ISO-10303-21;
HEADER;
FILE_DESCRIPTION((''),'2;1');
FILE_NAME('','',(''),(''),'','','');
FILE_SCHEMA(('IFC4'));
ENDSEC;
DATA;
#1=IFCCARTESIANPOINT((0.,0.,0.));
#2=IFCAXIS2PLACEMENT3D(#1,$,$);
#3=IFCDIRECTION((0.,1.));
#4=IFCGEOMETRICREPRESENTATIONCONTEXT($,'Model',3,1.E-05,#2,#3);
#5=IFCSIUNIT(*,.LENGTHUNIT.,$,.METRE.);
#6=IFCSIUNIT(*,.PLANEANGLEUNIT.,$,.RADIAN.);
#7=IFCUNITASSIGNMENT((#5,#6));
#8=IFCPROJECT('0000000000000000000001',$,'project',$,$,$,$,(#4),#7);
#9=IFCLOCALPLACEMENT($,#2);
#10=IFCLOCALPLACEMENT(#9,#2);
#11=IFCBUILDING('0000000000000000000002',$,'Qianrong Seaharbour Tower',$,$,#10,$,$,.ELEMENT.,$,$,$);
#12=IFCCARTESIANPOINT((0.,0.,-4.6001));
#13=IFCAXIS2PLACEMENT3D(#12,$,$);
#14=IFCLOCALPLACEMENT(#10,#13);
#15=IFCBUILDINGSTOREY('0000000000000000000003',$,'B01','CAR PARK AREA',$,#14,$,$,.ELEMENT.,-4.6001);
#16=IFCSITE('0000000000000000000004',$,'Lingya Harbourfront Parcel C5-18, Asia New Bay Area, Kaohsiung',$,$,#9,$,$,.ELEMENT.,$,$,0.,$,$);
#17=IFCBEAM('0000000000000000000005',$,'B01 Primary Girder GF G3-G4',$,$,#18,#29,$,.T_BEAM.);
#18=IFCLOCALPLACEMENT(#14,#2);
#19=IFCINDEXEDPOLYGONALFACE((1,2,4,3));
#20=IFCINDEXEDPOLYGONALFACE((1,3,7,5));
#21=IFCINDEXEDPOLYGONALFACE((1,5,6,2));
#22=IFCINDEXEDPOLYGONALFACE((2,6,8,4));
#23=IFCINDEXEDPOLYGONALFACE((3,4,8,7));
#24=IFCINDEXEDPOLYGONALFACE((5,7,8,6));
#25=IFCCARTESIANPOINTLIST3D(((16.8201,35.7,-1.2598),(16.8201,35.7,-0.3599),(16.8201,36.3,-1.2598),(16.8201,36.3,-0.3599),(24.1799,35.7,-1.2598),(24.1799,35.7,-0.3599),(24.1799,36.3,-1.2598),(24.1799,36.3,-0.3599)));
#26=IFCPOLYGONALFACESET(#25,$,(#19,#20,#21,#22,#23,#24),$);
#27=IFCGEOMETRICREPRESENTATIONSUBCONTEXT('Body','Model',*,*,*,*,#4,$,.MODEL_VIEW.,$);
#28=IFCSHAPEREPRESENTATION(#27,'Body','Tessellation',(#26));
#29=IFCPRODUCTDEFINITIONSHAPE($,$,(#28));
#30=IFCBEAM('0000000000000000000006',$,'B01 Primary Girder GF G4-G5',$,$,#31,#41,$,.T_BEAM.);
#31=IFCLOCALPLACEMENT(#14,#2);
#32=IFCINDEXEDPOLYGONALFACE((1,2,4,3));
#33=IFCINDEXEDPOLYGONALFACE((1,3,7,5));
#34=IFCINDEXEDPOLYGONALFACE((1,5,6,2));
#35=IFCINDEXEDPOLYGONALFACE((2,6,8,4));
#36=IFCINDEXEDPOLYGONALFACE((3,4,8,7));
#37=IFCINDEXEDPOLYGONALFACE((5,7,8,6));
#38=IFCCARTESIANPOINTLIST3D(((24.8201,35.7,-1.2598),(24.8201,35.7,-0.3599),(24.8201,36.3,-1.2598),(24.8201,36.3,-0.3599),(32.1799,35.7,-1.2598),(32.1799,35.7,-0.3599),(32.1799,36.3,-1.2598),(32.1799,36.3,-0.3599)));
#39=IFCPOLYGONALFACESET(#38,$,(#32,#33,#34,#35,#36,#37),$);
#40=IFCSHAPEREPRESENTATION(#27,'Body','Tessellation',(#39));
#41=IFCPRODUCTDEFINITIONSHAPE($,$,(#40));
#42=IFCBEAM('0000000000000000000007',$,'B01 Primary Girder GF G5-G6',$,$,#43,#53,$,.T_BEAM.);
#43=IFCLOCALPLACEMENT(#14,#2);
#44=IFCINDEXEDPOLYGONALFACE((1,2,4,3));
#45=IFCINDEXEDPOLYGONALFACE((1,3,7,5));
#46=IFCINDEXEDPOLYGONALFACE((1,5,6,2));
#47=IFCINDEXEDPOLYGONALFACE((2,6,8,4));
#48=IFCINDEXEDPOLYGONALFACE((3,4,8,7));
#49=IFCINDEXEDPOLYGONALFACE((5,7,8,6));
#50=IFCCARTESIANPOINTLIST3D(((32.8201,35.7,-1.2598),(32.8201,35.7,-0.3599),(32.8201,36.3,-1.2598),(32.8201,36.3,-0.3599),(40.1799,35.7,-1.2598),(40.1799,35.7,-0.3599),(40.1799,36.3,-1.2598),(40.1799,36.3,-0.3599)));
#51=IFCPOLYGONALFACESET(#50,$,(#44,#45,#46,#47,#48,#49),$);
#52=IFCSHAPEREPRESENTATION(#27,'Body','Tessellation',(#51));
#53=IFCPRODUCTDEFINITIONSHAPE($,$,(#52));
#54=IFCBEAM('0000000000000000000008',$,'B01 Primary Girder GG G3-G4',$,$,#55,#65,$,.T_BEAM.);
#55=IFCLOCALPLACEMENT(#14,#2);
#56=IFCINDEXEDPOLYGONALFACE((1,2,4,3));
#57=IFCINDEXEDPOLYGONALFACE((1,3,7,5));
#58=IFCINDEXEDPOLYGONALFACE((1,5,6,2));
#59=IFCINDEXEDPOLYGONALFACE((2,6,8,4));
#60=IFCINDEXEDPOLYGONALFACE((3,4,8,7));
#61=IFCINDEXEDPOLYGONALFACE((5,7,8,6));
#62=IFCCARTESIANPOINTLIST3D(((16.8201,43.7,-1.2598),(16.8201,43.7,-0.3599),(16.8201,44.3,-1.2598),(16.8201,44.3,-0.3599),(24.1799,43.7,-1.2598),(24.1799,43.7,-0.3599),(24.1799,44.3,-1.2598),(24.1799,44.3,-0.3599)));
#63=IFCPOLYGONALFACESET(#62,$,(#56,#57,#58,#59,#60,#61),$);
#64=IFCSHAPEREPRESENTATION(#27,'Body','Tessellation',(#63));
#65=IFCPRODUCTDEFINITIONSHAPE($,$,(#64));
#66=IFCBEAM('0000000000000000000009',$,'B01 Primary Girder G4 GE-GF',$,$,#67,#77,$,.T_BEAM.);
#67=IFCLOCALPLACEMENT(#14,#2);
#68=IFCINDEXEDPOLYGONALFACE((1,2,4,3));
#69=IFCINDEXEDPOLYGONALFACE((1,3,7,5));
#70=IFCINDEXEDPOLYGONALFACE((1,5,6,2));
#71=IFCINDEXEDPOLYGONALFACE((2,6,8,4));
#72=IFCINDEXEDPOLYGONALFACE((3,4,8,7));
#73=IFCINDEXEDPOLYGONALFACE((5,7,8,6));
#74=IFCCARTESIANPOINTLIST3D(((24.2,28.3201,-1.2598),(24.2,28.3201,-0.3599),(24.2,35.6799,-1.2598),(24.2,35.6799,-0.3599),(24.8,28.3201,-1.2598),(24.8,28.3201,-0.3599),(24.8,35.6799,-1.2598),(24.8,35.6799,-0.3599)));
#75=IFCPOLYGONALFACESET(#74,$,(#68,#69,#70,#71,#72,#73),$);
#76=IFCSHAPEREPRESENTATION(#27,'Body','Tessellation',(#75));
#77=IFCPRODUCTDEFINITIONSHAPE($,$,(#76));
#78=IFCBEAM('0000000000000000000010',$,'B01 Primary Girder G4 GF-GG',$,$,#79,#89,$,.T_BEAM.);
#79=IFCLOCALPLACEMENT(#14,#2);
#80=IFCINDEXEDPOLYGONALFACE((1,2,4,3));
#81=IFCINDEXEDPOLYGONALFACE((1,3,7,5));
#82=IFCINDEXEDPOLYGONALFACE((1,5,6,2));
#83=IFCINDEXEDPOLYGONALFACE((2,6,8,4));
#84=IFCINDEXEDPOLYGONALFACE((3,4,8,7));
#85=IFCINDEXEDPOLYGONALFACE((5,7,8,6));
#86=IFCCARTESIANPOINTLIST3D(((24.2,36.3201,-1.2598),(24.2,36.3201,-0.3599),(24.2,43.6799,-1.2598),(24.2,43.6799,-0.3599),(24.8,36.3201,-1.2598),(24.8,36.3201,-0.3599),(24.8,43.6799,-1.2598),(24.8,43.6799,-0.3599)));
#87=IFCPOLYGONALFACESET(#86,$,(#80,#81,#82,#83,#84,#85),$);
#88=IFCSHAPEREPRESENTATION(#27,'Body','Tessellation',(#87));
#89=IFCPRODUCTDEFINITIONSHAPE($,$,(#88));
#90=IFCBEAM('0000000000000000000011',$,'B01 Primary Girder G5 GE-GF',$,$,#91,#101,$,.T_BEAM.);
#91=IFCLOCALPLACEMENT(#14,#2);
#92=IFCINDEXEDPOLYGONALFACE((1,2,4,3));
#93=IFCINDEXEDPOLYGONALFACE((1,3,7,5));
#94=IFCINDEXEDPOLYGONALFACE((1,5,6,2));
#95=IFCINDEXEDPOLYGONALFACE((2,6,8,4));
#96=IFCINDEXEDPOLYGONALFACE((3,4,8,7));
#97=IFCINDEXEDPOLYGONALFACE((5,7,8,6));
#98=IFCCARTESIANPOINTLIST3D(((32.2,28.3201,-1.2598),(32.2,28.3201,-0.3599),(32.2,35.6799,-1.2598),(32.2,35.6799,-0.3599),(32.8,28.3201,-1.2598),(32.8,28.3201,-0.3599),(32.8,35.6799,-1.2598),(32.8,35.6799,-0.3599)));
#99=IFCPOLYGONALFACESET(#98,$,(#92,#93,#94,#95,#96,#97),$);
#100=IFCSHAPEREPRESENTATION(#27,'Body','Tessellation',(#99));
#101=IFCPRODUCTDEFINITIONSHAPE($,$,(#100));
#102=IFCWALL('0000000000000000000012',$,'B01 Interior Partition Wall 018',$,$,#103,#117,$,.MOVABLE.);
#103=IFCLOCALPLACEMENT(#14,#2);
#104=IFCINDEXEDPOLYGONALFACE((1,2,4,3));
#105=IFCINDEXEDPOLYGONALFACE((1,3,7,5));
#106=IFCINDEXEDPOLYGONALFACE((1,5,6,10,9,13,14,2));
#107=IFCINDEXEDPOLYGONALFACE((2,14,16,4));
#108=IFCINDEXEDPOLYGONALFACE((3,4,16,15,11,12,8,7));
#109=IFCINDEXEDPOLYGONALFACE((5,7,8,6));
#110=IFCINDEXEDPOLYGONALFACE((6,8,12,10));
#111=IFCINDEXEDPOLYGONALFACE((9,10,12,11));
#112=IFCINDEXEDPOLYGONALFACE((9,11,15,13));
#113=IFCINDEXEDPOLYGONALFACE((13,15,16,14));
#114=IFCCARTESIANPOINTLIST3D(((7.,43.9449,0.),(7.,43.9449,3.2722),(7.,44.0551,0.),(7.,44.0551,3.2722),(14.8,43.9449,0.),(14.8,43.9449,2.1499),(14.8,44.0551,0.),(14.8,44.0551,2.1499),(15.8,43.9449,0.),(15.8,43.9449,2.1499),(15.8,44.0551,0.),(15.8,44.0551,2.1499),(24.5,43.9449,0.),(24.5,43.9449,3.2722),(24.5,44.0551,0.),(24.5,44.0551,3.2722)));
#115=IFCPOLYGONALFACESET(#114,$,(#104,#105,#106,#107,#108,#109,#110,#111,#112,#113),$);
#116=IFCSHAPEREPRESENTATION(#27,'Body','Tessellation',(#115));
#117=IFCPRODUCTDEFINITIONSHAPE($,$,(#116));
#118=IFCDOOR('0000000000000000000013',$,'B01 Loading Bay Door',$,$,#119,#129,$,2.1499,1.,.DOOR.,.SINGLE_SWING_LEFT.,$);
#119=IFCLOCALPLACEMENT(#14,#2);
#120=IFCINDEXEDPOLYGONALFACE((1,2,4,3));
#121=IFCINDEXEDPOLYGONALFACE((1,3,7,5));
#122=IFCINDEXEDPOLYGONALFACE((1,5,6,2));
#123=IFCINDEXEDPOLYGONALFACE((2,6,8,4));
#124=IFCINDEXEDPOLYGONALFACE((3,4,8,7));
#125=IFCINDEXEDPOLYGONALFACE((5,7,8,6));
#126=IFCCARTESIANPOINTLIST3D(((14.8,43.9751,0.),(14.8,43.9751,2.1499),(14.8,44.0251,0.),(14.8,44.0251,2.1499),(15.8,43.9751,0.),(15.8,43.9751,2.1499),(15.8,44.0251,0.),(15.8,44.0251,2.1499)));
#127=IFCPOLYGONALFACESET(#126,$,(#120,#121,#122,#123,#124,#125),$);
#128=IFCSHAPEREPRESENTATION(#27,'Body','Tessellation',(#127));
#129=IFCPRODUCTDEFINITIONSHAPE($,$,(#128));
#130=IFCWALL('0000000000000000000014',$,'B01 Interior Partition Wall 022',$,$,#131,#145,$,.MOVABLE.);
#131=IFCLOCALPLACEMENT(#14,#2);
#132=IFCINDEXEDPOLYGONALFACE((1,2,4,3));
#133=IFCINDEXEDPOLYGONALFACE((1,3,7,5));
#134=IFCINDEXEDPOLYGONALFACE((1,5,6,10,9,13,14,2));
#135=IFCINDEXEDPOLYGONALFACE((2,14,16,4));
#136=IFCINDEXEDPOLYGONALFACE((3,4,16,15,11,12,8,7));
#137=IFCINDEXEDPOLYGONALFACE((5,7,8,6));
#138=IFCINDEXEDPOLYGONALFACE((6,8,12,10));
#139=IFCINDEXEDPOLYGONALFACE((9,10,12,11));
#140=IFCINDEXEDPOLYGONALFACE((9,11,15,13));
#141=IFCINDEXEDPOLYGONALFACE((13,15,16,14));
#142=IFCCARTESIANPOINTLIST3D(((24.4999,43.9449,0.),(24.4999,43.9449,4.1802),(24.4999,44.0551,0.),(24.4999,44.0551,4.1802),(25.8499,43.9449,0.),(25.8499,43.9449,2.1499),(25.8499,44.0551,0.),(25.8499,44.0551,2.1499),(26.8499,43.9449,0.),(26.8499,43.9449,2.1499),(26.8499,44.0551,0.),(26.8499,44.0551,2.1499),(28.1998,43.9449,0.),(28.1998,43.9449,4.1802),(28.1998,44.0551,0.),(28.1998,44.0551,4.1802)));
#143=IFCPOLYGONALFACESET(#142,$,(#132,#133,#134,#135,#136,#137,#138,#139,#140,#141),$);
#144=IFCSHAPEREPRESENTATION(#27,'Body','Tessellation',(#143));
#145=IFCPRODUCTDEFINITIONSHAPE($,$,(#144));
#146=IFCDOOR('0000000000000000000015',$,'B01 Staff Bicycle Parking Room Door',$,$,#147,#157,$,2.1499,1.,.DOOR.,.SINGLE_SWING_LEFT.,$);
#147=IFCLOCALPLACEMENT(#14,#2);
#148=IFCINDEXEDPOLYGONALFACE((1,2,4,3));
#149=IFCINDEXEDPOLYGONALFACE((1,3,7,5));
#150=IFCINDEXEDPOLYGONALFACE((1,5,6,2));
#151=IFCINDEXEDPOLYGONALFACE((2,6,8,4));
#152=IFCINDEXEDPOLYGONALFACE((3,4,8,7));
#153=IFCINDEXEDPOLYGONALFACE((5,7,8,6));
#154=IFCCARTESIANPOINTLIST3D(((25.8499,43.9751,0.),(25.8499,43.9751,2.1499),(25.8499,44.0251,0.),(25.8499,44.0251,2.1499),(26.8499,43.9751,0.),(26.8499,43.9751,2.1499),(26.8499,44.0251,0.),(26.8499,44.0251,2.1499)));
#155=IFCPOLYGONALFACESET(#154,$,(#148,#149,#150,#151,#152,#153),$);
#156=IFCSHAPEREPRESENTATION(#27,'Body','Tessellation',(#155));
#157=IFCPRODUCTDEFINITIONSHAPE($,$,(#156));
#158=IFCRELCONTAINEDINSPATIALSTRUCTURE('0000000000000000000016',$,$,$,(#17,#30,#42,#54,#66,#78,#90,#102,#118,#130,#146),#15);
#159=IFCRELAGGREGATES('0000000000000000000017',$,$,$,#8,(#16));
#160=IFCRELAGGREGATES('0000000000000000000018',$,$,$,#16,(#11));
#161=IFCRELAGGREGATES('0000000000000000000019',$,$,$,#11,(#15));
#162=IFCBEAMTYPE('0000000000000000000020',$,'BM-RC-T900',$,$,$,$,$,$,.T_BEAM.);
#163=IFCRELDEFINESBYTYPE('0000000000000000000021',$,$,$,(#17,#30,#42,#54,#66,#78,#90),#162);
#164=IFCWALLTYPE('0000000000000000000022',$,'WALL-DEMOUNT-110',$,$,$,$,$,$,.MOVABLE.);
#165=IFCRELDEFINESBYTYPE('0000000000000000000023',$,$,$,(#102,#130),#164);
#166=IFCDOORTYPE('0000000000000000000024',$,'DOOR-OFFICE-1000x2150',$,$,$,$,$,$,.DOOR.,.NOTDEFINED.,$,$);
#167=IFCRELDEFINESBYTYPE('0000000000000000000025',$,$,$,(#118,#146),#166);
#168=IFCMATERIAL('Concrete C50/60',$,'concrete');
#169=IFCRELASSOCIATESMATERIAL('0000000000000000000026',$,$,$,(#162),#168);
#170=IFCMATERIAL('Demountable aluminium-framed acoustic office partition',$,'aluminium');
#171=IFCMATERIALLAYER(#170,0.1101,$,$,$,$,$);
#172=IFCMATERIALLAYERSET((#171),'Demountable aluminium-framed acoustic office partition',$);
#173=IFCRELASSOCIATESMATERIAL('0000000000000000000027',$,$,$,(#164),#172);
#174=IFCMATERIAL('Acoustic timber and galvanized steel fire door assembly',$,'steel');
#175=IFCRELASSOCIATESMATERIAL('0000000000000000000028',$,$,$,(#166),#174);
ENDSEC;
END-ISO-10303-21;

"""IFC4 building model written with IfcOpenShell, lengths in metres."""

from ifc_helpers import new_model, si_unit, direction, frame, frame_2d, origin, origin_2d, place, context, subcontext, project, spatial, rectangle, extrude, material, layer, layer_set, material_profile, profile_set, type_object, element, fill, save


model = new_model("IFC4")

# Units and contexts
model_context = context("Model", 3, precision=1e-05, world=origin(), true_north=direction((0.0, 1.0)))
body_context = subcontext(model_context, "Body", "Model", "MODEL_VIEW")
ifc_project = project(units=[si_unit("LENGTHUNIT", "METRE"), si_unit("PLANEANGLEUNIT", "RADIAN")], contexts=[model_context])

# Site, building, storey
site_placement = place(None, origin())
site = spatial("IfcSite", under=ifc_project, at=site_placement, Name="Lingya Harbourfront Parcel C5-18, Asia New Bay Area, Kaohsiung", CompositionType="ELEMENT", RefElevation=0.0)
building_placement = place(site_placement, origin())
building = spatial("IfcBuilding", under=site, at=building_placement, Name="Qianrong Seaharbour Tower", CompositionType="ELEMENT")
storey_placement = place(building_placement, frame((0.0, 0.0, -4.6001)))
storey = spatial("IfcBuildingStorey", under=building, at=storey_placement, Name="B01", Description="CAR PARK AREA", CompositionType="ELEMENT", Elevation=-4.6001)

# Beams
ifc_material_1 = material(Name="Concrete C50/60", Category="concrete")
ifc_material_profile_1 = material_profile(ifc_material_1, rectangle(XDim=0.6001, YDim=0.8999, at=origin_2d()), Name="RC600x900")
ifc_profile_set_1 = profile_set([ifc_material_profile_1], Name="Concrete C50/60")
beam_type_1 = type_object("IfcBeamType", Name="BM-RC-T900", PredefinedType="T_BEAM", material=ifc_profile_set_1)
for number, where, z_axis, x_axis, name in (
    (1, (16.8201, 36.0, -0.8098), (1.0, 0.0, 0.0), (0.0, 1.0, 0.0), "B01 Primary Girder GF G3-G4"),
    (2, (24.8201, 36.0, -0.8098), (1.0, 0.0, 0.0), (0.0, 1.0, 0.0), "B01 Primary Girder GF G4-G5"),
    (3, (32.8201, 36.0, -0.8098), (1.0, 0.0, 0.0), (0.0, 1.0, 0.0), "B01 Primary Girder GF G5-G6"),
    (4, (16.8201, 44.0, -0.8098), (1.0, 0.0, 0.0), (0.0, 1.0, 0.0), "B01 Primary Girder GG G3-G4"),
    (5, (24.5, 28.3201, -0.8098), (0.0, 1.0, 0.0), (-1.0, 0.0, 0.0), "B01 Primary Girder G4 GE-GF"),
    (6, (24.5, 36.3201, -0.8098), (0.0, 1.0, 0.0), (-1.0, 0.0, 0.0), "B01 Primary Girder G4 GF-GG"),
    (7, (32.5, 28.3201, -0.8098), (0.0, 1.0, 0.0), (-1.0, 0.0, 0.0), "B01 Primary Girder G5 GE-GF"),
):
    element("IfcBeam", number, at=place(storey_placement, frame(where, z_axis=z_axis, x_axis=x_axis)), inside=storey, type_object=beam_type_1, Name=name, PredefinedType="T_BEAM", context=body_context, shape_type="SweptSolid", body=[
        extrude(rectangle(XDim=0.6001, YDim=0.8999, at=origin_2d()), origin(), (0.0, 0.0, 1.0), 7.3599),
    ])

# Walls, openings, doors
ifc_material_2 = material(Name="Acoustic timber and galvanized steel fire door assembly", Category="steel")
ifc_material_3 = material(Name="Demountable aluminium-framed acoustic office partition", Category="aluminium")
ifc_layer_1 = layer(ifc_material_3, 0.1101)
ifc_layer_set_1 = layer_set([ifc_layer_1], Name="Demountable aluminium-framed acoustic office partition")
wall_type_1 = type_object("IfcWallType", Name="WALL-DEMOUNT-110", PredefinedType="MOVABLE", material=ifc_layer_set_1)
wall_1_placement = place(storey_placement, frame((24.5, 44.0, 0.0), z_axis=(0.0, 0.0, 1.0), x_axis=(-1.0, 0.0, 0.0)))
wall_1 = element("IfcWall", 8, at=wall_1_placement, inside=storey, type_object=wall_type_1, Name="B01 Interior Partition Wall 018", PredefinedType="MOVABLE", context=body_context, shape_type="SweptSolid", body=[
    extrude(rectangle(XDim=17.5, YDim=0.1101, at=frame_2d((8.75, 0.0))), origin(), (0.0, 0.0, 1.0), 3.2722),
])
opening_1_placement = place(wall_1_placement, frame((8.7, 0.0, 0.0)))
opening_1 = element("IfcOpeningElement", 9, at=opening_1_placement, cuts=wall_1, PredefinedType="OPENING", context=body_context, shape_type="SweptSolid", body=[
    extrude(rectangle(XDim=1.0, YDim=2.1499, at=frame_2d((0.5, 1.075))), frame((0.0, 0.0649, 0.0), z_axis=(0.0, -1.0, 0.0), x_axis=(1.0, 0.0, 0.0)), (0.0, 0.0, 1.0), 0.1301),
])
door_type_1 = type_object("IfcDoorType", Name="DOOR-OFFICE-1000x2150", OperationType="NOTDEFINED", PredefinedType="DOOR", material=ifc_material_2)
door_1_placement = place(opening_1_placement, origin())
door_1 = element("IfcDoor", 10, at=door_1_placement, inside=storey, type_object=door_type_1, Name="B01 Loading Bay Door", OperationType="SINGLE_SWING_LEFT", OverallHeight=2.1499, OverallWidth=1.0, PredefinedType="DOOR", context=body_context, shape_type="SweptSolid", body=[
    extrude(rectangle(XDim=1.0, YDim=2.1499, at=frame_2d((0.5, 1.075))), frame((0.0, 0.0249, 0.0), z_axis=(0.0, -1.0, 0.0), x_axis=(1.0, 0.0, 0.0)), (0.0, 0.0, 1.0), 0.05),
])
fill(opening_1, door_1)
wall_2_placement = place(storey_placement, frame((28.2, 44.0, 0.0), z_axis=(0.0, 0.0, 1.0), x_axis=(-1.0, 0.0, 0.0)))
wall_2 = element("IfcWall", 11, at=wall_2_placement, inside=storey, type_object=wall_type_1, Name="B01 Interior Partition Wall 022", PredefinedType="MOVABLE", context=body_context, shape_type="SweptSolid", body=[
    extrude(rectangle(XDim=3.7, YDim=0.1101, at=frame_2d((1.8501, 0.0))), origin(), (0.0, 0.0, 1.0), 4.1802),
])
opening_2_placement = place(wall_2_placement, frame((1.3501, 0.0, 0.0)))
opening_2 = element("IfcOpeningElement", 12, at=opening_2_placement, cuts=wall_2, PredefinedType="OPENING", context=body_context, shape_type="SweptSolid", body=[
    extrude(rectangle(XDim=1.0, YDim=2.1499, at=frame_2d((0.5, 1.075))), frame((0.0, 0.0649, 0.0), z_axis=(0.0, -1.0, 0.0), x_axis=(1.0, 0.0, 0.0)), (0.0, 0.0, 1.0), 0.1301),
])
door_2_placement = place(opening_2_placement, origin())
door_2 = element("IfcDoor", 13, at=door_2_placement, inside=storey, type_object=door_type_1, Name="B01 Staff Bicycle Parking Room Door", OperationType="SINGLE_SWING_LEFT", OverallHeight=2.1499, OverallWidth=1.0, PredefinedType="DOOR", context=body_context, shape_type="SweptSolid", body=[
    extrude(rectangle(XDim=1.0, YDim=2.1499, at=frame_2d((0.5, 1.075))), frame((0.0, 0.0249, 0.0), z_axis=(0.0, -1.0, 0.0), x_axis=(1.0, 0.0, 0.0)), (0.0, 0.0, 1.0), 0.05),
])
fill(opening_2, door_2)

save(model, "model.ifc")
